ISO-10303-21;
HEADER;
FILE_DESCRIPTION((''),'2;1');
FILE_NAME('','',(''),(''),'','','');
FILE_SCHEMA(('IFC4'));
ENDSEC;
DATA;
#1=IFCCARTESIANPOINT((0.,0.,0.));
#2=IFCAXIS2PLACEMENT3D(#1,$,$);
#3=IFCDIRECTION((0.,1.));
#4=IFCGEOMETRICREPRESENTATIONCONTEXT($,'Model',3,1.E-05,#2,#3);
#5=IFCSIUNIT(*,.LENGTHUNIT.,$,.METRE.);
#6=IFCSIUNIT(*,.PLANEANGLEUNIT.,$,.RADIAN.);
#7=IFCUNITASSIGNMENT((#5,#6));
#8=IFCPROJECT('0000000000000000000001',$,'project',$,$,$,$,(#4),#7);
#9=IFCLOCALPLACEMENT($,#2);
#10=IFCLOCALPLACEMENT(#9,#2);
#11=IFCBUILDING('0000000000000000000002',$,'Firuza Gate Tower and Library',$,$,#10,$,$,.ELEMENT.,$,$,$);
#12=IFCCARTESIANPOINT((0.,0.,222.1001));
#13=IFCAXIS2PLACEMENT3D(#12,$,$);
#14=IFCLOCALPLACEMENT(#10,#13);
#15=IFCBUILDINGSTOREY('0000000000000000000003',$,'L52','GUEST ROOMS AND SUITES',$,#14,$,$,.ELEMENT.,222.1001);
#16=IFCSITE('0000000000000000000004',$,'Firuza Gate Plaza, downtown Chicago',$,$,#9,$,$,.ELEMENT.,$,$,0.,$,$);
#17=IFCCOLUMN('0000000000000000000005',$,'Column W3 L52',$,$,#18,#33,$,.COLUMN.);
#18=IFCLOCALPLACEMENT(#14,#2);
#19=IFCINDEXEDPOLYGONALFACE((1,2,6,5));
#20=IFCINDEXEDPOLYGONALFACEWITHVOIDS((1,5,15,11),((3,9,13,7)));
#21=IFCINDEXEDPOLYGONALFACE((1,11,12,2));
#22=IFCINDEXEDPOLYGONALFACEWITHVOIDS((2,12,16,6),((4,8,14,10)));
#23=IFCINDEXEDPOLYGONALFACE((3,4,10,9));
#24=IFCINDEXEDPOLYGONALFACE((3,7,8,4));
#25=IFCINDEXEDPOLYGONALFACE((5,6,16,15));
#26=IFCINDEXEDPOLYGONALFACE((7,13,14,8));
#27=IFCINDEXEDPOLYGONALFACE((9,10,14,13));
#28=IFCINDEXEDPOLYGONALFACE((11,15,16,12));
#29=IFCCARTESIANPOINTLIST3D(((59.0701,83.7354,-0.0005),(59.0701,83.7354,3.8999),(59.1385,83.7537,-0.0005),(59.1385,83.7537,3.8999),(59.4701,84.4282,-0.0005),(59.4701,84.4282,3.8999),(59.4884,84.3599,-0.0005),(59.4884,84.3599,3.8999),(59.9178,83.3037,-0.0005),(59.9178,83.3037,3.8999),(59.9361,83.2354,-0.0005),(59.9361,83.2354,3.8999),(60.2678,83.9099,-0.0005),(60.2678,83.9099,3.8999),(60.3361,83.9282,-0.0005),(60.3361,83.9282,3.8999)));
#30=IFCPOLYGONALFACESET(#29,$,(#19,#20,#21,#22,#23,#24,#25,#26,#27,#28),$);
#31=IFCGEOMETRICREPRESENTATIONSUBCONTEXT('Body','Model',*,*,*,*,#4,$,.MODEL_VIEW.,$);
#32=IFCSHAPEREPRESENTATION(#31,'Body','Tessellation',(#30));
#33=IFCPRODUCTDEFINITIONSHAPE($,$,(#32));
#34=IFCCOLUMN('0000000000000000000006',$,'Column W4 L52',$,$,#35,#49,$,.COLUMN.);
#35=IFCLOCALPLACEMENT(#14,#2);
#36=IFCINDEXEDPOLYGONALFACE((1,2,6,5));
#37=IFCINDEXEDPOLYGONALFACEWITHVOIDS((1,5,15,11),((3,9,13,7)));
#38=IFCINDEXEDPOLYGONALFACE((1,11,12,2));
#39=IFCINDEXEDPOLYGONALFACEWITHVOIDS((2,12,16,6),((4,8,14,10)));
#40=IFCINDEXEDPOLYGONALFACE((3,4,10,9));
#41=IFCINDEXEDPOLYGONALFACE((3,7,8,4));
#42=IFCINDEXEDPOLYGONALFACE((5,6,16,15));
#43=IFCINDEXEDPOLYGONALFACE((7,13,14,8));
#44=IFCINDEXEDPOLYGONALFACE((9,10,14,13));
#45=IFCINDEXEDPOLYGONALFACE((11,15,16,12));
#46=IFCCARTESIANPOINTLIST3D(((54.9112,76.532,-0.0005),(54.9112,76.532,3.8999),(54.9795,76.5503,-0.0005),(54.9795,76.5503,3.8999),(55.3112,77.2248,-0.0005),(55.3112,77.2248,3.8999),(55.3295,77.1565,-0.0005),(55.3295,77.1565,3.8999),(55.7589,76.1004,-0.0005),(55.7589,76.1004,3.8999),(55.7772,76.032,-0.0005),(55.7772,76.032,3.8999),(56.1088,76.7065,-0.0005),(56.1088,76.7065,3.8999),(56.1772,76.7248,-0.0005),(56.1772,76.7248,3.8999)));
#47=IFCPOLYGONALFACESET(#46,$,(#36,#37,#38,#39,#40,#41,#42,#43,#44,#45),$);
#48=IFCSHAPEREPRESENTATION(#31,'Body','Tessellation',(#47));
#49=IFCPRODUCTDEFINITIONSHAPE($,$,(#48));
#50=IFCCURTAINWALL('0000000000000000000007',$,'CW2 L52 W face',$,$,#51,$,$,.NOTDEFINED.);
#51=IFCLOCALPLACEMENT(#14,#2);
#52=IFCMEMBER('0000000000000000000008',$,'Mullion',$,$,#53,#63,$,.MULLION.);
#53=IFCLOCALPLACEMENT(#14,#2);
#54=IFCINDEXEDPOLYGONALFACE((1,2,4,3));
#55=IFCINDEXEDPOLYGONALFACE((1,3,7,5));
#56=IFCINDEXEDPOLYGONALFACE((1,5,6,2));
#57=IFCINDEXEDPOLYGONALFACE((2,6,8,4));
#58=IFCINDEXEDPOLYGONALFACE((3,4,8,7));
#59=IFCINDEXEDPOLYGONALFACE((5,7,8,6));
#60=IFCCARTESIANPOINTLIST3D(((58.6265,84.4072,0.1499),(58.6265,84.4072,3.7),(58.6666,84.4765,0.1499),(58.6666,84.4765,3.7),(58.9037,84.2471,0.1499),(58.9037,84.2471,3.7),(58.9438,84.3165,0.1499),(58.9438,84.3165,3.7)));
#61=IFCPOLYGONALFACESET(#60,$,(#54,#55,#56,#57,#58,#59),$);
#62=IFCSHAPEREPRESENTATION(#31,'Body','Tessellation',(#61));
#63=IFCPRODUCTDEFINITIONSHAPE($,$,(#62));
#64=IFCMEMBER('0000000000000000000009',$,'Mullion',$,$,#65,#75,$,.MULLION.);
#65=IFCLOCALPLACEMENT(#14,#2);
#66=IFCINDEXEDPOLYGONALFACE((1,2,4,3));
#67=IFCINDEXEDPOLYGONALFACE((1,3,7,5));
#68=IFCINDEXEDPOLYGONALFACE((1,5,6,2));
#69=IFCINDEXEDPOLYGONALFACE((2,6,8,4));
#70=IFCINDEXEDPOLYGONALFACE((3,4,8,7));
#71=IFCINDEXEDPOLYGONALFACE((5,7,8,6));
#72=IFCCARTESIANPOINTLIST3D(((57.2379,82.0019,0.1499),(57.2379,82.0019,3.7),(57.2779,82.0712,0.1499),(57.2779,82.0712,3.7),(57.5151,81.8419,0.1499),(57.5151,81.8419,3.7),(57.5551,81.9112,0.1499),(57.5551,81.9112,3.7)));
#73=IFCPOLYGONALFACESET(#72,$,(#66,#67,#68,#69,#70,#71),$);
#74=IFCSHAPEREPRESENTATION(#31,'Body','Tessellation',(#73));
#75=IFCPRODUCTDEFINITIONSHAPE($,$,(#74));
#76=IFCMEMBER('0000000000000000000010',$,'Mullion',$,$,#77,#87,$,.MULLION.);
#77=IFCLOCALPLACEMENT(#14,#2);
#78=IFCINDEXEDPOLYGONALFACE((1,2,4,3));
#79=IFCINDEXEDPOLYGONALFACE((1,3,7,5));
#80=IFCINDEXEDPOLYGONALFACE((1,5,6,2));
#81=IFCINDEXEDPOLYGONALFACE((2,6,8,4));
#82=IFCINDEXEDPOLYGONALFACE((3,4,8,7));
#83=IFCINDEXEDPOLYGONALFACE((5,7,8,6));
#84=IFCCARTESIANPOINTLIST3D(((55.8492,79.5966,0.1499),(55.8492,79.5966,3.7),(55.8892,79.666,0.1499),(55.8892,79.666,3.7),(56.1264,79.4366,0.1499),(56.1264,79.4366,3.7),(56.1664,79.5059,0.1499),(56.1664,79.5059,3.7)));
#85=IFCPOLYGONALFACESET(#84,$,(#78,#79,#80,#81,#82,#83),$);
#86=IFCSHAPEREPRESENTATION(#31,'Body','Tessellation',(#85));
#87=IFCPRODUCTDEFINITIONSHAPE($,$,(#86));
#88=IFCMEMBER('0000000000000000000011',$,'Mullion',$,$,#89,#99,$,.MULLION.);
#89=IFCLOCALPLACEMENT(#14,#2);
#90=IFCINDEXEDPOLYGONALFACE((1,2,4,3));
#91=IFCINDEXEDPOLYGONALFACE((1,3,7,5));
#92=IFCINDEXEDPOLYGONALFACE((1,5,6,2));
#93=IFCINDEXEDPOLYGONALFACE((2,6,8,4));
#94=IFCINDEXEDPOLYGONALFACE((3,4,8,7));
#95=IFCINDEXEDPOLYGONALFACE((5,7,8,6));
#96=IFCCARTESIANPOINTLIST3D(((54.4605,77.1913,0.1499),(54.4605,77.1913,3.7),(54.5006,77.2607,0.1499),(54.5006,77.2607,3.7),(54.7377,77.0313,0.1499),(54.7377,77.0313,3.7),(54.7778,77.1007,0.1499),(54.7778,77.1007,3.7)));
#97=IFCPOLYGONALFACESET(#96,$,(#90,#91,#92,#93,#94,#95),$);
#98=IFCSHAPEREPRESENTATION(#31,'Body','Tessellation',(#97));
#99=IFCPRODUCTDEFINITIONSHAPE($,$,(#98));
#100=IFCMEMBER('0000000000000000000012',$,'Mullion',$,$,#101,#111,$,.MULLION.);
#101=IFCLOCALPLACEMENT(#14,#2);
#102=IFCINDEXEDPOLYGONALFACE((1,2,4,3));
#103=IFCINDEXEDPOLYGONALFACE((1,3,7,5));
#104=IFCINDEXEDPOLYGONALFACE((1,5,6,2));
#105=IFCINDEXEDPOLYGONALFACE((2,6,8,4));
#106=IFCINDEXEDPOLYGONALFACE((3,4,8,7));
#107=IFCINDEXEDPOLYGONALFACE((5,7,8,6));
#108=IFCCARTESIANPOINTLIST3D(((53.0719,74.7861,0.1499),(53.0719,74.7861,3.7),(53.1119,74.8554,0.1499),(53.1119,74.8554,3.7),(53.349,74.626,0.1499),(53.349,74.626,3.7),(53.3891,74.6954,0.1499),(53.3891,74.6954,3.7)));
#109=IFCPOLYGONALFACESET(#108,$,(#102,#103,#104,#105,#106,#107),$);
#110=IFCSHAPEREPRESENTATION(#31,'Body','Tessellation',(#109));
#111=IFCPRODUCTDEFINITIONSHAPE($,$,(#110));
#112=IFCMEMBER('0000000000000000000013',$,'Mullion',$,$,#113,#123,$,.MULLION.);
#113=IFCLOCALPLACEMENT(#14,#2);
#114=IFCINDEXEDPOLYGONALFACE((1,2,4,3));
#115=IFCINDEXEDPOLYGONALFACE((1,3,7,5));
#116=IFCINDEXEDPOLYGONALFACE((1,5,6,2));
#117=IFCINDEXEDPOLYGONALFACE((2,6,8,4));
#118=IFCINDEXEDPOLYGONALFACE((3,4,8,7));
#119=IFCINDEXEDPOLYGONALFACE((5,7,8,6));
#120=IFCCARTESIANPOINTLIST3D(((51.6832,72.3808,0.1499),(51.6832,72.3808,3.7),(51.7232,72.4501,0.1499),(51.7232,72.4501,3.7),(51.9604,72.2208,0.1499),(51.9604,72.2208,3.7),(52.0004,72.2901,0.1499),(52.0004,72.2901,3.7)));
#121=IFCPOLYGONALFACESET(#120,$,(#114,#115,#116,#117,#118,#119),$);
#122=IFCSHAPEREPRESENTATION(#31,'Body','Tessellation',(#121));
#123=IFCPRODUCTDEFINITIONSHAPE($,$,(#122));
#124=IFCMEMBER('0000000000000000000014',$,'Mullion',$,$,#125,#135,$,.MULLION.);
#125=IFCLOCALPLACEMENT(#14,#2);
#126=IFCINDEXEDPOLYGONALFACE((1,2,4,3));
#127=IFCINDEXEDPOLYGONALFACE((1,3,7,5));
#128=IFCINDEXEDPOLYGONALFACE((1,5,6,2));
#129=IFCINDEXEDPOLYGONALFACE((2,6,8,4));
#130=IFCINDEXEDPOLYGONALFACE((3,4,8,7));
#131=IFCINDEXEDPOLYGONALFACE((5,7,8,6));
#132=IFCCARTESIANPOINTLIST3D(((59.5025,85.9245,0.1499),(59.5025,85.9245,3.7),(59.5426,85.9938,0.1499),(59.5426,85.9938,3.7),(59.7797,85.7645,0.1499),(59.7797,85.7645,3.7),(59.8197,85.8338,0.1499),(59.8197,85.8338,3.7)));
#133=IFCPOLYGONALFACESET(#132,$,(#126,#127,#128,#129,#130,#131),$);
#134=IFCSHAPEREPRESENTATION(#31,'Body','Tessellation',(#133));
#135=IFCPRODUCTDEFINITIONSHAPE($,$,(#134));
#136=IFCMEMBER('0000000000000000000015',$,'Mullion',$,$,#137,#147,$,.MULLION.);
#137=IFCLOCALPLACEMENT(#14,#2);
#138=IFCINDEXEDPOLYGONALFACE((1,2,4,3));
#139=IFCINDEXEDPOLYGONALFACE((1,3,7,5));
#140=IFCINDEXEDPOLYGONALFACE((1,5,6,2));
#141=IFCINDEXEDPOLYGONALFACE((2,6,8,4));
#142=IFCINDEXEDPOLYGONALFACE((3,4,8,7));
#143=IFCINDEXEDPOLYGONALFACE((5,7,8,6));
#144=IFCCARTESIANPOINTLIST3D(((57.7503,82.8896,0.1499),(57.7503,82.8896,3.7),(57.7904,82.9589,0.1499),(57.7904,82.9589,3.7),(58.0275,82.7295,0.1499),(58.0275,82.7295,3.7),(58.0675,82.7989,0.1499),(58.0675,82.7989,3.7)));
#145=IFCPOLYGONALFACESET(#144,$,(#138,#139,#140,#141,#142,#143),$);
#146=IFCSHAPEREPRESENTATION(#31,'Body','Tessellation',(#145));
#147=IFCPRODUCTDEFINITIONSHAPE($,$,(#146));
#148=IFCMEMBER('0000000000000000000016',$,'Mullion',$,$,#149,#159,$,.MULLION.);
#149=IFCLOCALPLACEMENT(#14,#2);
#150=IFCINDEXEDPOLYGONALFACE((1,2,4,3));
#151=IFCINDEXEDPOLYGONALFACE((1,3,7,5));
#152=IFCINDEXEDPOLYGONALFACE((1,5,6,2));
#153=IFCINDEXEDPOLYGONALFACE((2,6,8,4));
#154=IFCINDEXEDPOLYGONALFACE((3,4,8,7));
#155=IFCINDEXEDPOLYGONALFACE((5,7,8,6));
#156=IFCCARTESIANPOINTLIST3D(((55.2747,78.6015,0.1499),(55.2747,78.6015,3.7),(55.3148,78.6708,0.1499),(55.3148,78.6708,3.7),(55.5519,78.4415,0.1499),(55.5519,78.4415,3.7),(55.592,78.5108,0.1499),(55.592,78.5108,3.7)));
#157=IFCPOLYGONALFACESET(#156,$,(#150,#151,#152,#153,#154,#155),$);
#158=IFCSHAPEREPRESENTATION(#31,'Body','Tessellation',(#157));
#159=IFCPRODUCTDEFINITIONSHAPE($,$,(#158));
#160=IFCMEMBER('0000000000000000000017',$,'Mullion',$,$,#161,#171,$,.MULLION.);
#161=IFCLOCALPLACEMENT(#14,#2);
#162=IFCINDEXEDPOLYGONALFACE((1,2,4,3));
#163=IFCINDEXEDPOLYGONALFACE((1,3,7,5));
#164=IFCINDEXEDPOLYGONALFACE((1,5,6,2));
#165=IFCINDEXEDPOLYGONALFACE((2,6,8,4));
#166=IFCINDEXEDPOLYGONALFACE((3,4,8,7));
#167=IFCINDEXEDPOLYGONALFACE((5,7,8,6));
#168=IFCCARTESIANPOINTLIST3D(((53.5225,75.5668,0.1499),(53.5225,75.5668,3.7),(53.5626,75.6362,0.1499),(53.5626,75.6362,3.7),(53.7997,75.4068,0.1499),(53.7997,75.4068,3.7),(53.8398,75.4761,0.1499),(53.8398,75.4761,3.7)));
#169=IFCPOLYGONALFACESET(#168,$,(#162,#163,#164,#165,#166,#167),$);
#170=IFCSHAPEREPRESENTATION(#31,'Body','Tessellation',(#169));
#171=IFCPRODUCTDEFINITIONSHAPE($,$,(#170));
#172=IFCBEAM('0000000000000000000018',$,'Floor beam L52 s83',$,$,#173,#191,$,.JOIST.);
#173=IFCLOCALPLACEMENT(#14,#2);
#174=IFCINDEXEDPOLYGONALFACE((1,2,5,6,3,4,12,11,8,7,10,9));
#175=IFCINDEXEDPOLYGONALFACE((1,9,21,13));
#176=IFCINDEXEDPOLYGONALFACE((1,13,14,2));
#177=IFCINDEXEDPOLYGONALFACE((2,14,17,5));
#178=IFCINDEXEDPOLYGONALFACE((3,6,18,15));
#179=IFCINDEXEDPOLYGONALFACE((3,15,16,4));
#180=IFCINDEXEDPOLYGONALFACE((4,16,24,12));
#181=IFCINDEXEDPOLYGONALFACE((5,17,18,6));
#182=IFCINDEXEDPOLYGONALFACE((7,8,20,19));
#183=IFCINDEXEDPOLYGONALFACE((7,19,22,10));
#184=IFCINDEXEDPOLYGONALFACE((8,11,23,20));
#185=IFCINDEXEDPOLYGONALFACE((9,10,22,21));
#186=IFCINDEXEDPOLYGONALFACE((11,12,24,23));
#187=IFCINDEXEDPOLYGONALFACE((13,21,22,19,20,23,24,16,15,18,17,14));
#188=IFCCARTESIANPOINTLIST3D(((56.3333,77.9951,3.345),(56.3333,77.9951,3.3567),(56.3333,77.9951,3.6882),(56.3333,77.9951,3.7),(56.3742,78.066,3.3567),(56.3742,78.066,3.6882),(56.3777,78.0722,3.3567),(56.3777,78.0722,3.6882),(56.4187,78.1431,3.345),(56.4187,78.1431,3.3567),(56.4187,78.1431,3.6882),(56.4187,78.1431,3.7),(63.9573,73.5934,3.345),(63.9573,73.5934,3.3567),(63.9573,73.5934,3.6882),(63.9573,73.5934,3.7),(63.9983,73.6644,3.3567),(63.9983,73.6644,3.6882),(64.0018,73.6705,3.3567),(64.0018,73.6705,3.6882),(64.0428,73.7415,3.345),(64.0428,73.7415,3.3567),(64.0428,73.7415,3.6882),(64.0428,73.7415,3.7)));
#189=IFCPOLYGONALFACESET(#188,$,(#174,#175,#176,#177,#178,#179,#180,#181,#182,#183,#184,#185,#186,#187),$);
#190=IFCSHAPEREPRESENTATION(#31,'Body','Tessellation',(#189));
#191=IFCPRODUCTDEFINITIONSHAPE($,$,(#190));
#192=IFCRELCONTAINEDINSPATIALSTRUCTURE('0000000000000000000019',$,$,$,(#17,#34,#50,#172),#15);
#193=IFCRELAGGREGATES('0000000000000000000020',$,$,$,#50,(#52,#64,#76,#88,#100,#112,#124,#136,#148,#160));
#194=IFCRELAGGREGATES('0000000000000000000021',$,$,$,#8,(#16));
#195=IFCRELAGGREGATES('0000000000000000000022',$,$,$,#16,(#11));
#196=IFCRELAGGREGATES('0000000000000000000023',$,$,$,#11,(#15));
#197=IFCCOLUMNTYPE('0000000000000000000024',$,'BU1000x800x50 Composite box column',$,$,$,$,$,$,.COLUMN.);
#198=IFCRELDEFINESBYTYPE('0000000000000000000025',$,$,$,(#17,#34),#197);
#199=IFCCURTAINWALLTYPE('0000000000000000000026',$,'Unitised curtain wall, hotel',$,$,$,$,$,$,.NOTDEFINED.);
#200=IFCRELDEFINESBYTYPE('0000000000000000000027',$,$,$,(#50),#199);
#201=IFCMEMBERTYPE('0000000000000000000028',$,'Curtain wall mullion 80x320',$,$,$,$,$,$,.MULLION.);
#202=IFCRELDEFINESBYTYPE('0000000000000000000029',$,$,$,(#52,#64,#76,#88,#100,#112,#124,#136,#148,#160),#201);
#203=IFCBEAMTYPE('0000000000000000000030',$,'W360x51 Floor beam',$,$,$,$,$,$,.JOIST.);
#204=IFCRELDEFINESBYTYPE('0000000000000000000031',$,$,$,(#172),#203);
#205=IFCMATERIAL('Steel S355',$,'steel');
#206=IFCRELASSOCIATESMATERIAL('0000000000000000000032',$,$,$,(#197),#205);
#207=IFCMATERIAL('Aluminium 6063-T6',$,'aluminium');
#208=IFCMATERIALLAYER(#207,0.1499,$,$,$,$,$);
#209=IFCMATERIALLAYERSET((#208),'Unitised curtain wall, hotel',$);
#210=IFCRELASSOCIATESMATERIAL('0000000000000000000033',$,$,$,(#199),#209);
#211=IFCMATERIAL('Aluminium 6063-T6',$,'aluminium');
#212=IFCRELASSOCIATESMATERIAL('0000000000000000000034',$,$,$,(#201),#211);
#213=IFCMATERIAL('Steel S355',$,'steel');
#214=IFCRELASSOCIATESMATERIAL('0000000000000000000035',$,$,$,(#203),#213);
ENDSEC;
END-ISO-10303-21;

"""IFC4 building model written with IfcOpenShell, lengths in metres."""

from ifc_helpers import new_model, si_unit, direction, frame, origin, origin_2d, place, context, subcontext, project, spatial, rectangle, hollow_rectangle, i_section, extrude, material, layer, layer_set, material_profile, profile_set, type_object, element, aggregate, save


model = new_model("IFC4")

# Units and contexts
model_context = context("Model", 3, precision=1e-05, world=origin(), true_north=direction((0.0, 1.0)))
body_context = subcontext(model_context, "Body", "Model", "MODEL_VIEW")
ifc_project = project(units=[si_unit("LENGTHUNIT", "METRE"), si_unit("PLANEANGLEUNIT", "RADIAN")], contexts=[model_context])

# Site, building, storey
site_placement = place(None, origin())
site = spatial("IfcSite", under=ifc_project, at=site_placement, Name="Firuza Gate Plaza, downtown Chicago", CompositionType="ELEMENT", RefElevation=0.0)
building_placement = place(site_placement, origin())
building = spatial("IfcBuilding", under=site, at=building_placement, Name="Firuza Gate Tower and Library", CompositionType="ELEMENT")
storey_placement = place(building_placement, frame((0.0, 0.0, 222.1001)))
storey = spatial("IfcBuildingStorey", under=building, at=storey_placement, Name="L52", Description="GUEST ROOMS AND SUITES", CompositionType="ELEMENT", Elevation=222.1001)

# Columns
ifc_material_1 = material(Name="Steel S355", Category="steel")
ifc_material_profile_1 = material_profile(ifc_material_1, hollow_rectangle(XDim=0.8, YDim=1.0, WallThickness=0.05, at=origin_2d()))
ifc_profile_set_1 = profile_set([ifc_material_profile_1], Name="Steel S355")
column_type = type_object("IfcColumnType", Name="BU1000x800x50 Composite box column", PredefinedType="COLUMN", material=ifc_profile_set_1)
for number, where, z_axis, x_axis, name in (
    (1, (59.7031, 83.8318, -0.0005), (0.0, 0.0, 1.0), (-0.5, -0.866025, 0.0), "Column W3 L52"),
    (2, (55.5442, 76.6284, -0.0005), (0.0, 0.0, 1.0), (-0.5, -0.866025, 0.0), "Column W4 L52"),
):
    element("IfcColumn", number, at=place(storey_placement, frame(where, z_axis=z_axis, x_axis=x_axis)), inside=storey, type_object=column_type, Name=name, PredefinedType="COLUMN", context=body_context, shape_type="SweptSolid", body=[
        extrude(hollow_rectangle(XDim=0.8, YDim=1.0, WallThickness=0.05, at=origin_2d()), origin(), (0.0, 0.0, 1.0), 3.9004),
    ])

# Curtain wall, members
ifc_material_2 = material(Name="Aluminium 6063-T6", Category="aluminium")
ifc_layer_1 = layer(ifc_material_2, 0.1499)
ifc_layer_set_1 = layer_set([ifc_layer_1], Name="Unitised curtain wall, hotel")
curtain_wall_type = type_object("IfcCurtainWallType", Name="Unitised curtain wall, hotel", PredefinedType="NOTDEFINED", material=ifc_layer_set_1)
curtain_wall_placement = place(storey_placement, origin())
curtain_wall = element("IfcCurtainWall", 3, at=curtain_wall_placement, inside=storey, type_object=curtain_wall_type, Name="CW2 L52 W face", PredefinedType="NOTDEFINED")
ifc_material_3 = material(Name="Aluminium 6063-T6", Category="aluminium")
ifc_material_profile_2 = material_profile(ifc_material_3, rectangle(XDim=0.3201, YDim=0.0801, at=origin_2d()))
ifc_profile_set_2 = profile_set([ifc_material_profile_2], Name="Aluminium 6063-T6")
member_type = type_object("IfcMemberType", Name="Curtain wall mullion 80x320", PredefinedType="MULLION", material=ifc_profile_set_2)
member_1_placement = place(storey_placement, frame((58.7852, 84.3618, 0.1499), z_axis=(0.0, 0.0, 1.0), x_axis=(0.866025, -0.5, 0.0)))
member_1 = element("IfcMember", 4, at=member_1_placement, type_object=member_type, Name="Mullion", PredefinedType="MULLION", context=body_context, shape_type="SweptSolid", body=[
    extrude(rectangle(XDim=0.3201, YDim=0.0801, at=origin_2d()), origin(), (0.0, 0.0, 1.0), 3.55),
])
member_2_placement = place(storey_placement, frame((57.3965, 81.9565, 0.1499), z_axis=(0.0, 0.0, 1.0), x_axis=(0.866025, -0.5, 0.0)))
member_2 = element("IfcMember", 5, at=member_2_placement, type_object=member_type, Name="Mullion", PredefinedType="MULLION", context=body_context, shape_type="SweptSolid", body=[
    extrude(rectangle(XDim=0.3201, YDim=0.0801, at=origin_2d()), origin(), (0.0, 0.0, 1.0), 3.55),
])
member_3_placement = place(storey_placement, frame((56.0078, 79.5513, 0.1499), z_axis=(0.0, 0.0, 1.0), x_axis=(0.866025, -0.5, 0.0)))
member_3 = element("IfcMember", 6, at=member_3_placement, type_object=member_type, Name="Mullion", PredefinedType="MULLION", context=body_context, shape_type="SweptSolid", body=[
    extrude(rectangle(XDim=0.3201, YDim=0.0801, at=origin_2d()), origin(), (0.0, 0.0, 1.0), 3.55),
])
member_4_placement = place(storey_placement, frame((54.6191, 77.146, 0.1499), z_axis=(0.0, 0.0, 1.0), x_axis=(0.866025, -0.5, 0.0)))
member_4 = element("IfcMember", 7, at=member_4_placement, type_object=member_type, Name="Mullion", PredefinedType="MULLION", context=body_context, shape_type="SweptSolid", body=[
    extrude(rectangle(XDim=0.3201, YDim=0.0801, at=origin_2d()), origin(), (0.0, 0.0, 1.0), 3.55),
])
member_5_placement = place(storey_placement, frame((53.2305, 74.7407, 0.1499), z_axis=(0.0, 0.0, 1.0), x_axis=(0.866025, -0.5, 0.0)))
member_5 = element("IfcMember", 8, at=member_5_placement, type_object=member_type, Name="Mullion", PredefinedType="MULLION", context=body_context, shape_type="SweptSolid", body=[
    extrude(rectangle(XDim=0.3201, YDim=0.0801, at=origin_2d()), origin(), (0.0, 0.0, 1.0), 3.55),
])
member_6_placement = place(storey_placement, frame((51.8418, 72.3354, 0.1499), z_axis=(0.0, 0.0, 1.0), x_axis=(0.866025, -0.5, 0.0)))
member_6 = element("IfcMember", 9, at=member_6_placement, type_object=member_type, Name="Mullion", PredefinedType="MULLION", context=body_context, shape_type="SweptSolid", body=[
    extrude(rectangle(XDim=0.3201, YDim=0.0801, at=origin_2d()), origin(), (0.0, 0.0, 1.0), 3.55),
])
member_7_placement = place(storey_placement, frame((59.6611, 85.8792, 0.1499), z_axis=(0.0, 0.0, 1.0), x_axis=(0.866025, -0.5, 0.0)))
member_7 = element("IfcMember", 10, at=member_7_placement, type_object=member_type, Name="Mullion", PredefinedType="MULLION", context=body_context, shape_type="SweptSolid", body=[
    extrude(rectangle(XDim=0.3201, YDim=0.0801, at=origin_2d()), origin(), (0.0, 0.0, 1.0), 3.55),
])
member_8_placement = place(storey_placement, frame((57.9089, 82.8442, 0.1499), z_axis=(0.0, 0.0, 1.0), x_axis=(0.866025, -0.5, 0.0)))
member_8 = element("IfcMember", 11, at=member_8_placement, type_object=member_type, Name="Mullion", PredefinedType="MULLION", context=body_context, shape_type="SweptSolid", body=[
    extrude(rectangle(XDim=0.3201, YDim=0.0801, at=origin_2d()), origin(), (0.0, 0.0, 1.0), 3.55),
])
member_9_placement = place(storey_placement, frame((55.4333, 78.5562, 0.1499), z_axis=(0.0, 0.0, 1.0), x_axis=(0.866025, -0.5, 0.0)))
member_9 = element("IfcMember", 12, at=member_9_placement, type_object=member_type, Name="Mullion", PredefinedType="MULLION", context=body_context, shape_type="SweptSolid", body=[
    extrude(rectangle(XDim=0.3201, YDim=0.0801, at=origin_2d()), origin(), (0.0, 0.0, 1.0), 3.55),
])
member_10_placement = place(storey_placement, frame((53.6812, 75.5215, 0.1499), z_axis=(0.0, 0.0, 1.0), x_axis=(0.866025, -0.5, 0.0)))
member_10 = element("IfcMember", 13, at=member_10_placement, type_object=member_type, Name="Mullion", PredefinedType="MULLION", context=body_context, shape_type="SweptSolid", body=[
    extrude(rectangle(XDim=0.3201, YDim=0.0801, at=origin_2d()), origin(), (0.0, 0.0, 1.0), 3.55),
])

# Beam
ifc_material_4 = material(Name="Steel S355", Category="steel")
ifc_material_profile_3 = material_profile(ifc_material_4, i_section(OverallWidth=0.1709, OverallDepth=0.355, WebThickness=0.0071, FlangeThickness=0.0117, at=origin_2d()))
ifc_profile_set_3 = profile_set([ifc_material_profile_3], Name="Steel S355")
beam_type_1 = type_object("IfcBeamType", Name="W360x51 Floor beam", PredefinedType="JOIST", material=ifc_profile_set_3)
beam_1_placement = place(storey_placement, frame((56.376, 78.0691, 3.5225), z_axis=(0.866031, -0.49999, 0.0), x_axis=(0.49999, 0.866031, 0.0)))
element("IfcBeam", 14, at=beam_1_placement, inside=storey, type_object=beam_type_1, Name="Floor beam L52 s83", PredefinedType="JOIST", context=body_context, shape_type="SweptSolid", body=[
    extrude(i_section(OverallWidth=0.1709, OverallDepth=0.355, WebThickness=0.0071, FlangeThickness=0.0117, at=origin_2d()), origin(), (0.0, 0.0, 1.0), 8.8035),
])

aggregate(curtain_wall, [member_1, member_2, member_3, member_4, member_5, member_6, member_7, member_8, member_9, member_10])

save(model, "model.ifc")
